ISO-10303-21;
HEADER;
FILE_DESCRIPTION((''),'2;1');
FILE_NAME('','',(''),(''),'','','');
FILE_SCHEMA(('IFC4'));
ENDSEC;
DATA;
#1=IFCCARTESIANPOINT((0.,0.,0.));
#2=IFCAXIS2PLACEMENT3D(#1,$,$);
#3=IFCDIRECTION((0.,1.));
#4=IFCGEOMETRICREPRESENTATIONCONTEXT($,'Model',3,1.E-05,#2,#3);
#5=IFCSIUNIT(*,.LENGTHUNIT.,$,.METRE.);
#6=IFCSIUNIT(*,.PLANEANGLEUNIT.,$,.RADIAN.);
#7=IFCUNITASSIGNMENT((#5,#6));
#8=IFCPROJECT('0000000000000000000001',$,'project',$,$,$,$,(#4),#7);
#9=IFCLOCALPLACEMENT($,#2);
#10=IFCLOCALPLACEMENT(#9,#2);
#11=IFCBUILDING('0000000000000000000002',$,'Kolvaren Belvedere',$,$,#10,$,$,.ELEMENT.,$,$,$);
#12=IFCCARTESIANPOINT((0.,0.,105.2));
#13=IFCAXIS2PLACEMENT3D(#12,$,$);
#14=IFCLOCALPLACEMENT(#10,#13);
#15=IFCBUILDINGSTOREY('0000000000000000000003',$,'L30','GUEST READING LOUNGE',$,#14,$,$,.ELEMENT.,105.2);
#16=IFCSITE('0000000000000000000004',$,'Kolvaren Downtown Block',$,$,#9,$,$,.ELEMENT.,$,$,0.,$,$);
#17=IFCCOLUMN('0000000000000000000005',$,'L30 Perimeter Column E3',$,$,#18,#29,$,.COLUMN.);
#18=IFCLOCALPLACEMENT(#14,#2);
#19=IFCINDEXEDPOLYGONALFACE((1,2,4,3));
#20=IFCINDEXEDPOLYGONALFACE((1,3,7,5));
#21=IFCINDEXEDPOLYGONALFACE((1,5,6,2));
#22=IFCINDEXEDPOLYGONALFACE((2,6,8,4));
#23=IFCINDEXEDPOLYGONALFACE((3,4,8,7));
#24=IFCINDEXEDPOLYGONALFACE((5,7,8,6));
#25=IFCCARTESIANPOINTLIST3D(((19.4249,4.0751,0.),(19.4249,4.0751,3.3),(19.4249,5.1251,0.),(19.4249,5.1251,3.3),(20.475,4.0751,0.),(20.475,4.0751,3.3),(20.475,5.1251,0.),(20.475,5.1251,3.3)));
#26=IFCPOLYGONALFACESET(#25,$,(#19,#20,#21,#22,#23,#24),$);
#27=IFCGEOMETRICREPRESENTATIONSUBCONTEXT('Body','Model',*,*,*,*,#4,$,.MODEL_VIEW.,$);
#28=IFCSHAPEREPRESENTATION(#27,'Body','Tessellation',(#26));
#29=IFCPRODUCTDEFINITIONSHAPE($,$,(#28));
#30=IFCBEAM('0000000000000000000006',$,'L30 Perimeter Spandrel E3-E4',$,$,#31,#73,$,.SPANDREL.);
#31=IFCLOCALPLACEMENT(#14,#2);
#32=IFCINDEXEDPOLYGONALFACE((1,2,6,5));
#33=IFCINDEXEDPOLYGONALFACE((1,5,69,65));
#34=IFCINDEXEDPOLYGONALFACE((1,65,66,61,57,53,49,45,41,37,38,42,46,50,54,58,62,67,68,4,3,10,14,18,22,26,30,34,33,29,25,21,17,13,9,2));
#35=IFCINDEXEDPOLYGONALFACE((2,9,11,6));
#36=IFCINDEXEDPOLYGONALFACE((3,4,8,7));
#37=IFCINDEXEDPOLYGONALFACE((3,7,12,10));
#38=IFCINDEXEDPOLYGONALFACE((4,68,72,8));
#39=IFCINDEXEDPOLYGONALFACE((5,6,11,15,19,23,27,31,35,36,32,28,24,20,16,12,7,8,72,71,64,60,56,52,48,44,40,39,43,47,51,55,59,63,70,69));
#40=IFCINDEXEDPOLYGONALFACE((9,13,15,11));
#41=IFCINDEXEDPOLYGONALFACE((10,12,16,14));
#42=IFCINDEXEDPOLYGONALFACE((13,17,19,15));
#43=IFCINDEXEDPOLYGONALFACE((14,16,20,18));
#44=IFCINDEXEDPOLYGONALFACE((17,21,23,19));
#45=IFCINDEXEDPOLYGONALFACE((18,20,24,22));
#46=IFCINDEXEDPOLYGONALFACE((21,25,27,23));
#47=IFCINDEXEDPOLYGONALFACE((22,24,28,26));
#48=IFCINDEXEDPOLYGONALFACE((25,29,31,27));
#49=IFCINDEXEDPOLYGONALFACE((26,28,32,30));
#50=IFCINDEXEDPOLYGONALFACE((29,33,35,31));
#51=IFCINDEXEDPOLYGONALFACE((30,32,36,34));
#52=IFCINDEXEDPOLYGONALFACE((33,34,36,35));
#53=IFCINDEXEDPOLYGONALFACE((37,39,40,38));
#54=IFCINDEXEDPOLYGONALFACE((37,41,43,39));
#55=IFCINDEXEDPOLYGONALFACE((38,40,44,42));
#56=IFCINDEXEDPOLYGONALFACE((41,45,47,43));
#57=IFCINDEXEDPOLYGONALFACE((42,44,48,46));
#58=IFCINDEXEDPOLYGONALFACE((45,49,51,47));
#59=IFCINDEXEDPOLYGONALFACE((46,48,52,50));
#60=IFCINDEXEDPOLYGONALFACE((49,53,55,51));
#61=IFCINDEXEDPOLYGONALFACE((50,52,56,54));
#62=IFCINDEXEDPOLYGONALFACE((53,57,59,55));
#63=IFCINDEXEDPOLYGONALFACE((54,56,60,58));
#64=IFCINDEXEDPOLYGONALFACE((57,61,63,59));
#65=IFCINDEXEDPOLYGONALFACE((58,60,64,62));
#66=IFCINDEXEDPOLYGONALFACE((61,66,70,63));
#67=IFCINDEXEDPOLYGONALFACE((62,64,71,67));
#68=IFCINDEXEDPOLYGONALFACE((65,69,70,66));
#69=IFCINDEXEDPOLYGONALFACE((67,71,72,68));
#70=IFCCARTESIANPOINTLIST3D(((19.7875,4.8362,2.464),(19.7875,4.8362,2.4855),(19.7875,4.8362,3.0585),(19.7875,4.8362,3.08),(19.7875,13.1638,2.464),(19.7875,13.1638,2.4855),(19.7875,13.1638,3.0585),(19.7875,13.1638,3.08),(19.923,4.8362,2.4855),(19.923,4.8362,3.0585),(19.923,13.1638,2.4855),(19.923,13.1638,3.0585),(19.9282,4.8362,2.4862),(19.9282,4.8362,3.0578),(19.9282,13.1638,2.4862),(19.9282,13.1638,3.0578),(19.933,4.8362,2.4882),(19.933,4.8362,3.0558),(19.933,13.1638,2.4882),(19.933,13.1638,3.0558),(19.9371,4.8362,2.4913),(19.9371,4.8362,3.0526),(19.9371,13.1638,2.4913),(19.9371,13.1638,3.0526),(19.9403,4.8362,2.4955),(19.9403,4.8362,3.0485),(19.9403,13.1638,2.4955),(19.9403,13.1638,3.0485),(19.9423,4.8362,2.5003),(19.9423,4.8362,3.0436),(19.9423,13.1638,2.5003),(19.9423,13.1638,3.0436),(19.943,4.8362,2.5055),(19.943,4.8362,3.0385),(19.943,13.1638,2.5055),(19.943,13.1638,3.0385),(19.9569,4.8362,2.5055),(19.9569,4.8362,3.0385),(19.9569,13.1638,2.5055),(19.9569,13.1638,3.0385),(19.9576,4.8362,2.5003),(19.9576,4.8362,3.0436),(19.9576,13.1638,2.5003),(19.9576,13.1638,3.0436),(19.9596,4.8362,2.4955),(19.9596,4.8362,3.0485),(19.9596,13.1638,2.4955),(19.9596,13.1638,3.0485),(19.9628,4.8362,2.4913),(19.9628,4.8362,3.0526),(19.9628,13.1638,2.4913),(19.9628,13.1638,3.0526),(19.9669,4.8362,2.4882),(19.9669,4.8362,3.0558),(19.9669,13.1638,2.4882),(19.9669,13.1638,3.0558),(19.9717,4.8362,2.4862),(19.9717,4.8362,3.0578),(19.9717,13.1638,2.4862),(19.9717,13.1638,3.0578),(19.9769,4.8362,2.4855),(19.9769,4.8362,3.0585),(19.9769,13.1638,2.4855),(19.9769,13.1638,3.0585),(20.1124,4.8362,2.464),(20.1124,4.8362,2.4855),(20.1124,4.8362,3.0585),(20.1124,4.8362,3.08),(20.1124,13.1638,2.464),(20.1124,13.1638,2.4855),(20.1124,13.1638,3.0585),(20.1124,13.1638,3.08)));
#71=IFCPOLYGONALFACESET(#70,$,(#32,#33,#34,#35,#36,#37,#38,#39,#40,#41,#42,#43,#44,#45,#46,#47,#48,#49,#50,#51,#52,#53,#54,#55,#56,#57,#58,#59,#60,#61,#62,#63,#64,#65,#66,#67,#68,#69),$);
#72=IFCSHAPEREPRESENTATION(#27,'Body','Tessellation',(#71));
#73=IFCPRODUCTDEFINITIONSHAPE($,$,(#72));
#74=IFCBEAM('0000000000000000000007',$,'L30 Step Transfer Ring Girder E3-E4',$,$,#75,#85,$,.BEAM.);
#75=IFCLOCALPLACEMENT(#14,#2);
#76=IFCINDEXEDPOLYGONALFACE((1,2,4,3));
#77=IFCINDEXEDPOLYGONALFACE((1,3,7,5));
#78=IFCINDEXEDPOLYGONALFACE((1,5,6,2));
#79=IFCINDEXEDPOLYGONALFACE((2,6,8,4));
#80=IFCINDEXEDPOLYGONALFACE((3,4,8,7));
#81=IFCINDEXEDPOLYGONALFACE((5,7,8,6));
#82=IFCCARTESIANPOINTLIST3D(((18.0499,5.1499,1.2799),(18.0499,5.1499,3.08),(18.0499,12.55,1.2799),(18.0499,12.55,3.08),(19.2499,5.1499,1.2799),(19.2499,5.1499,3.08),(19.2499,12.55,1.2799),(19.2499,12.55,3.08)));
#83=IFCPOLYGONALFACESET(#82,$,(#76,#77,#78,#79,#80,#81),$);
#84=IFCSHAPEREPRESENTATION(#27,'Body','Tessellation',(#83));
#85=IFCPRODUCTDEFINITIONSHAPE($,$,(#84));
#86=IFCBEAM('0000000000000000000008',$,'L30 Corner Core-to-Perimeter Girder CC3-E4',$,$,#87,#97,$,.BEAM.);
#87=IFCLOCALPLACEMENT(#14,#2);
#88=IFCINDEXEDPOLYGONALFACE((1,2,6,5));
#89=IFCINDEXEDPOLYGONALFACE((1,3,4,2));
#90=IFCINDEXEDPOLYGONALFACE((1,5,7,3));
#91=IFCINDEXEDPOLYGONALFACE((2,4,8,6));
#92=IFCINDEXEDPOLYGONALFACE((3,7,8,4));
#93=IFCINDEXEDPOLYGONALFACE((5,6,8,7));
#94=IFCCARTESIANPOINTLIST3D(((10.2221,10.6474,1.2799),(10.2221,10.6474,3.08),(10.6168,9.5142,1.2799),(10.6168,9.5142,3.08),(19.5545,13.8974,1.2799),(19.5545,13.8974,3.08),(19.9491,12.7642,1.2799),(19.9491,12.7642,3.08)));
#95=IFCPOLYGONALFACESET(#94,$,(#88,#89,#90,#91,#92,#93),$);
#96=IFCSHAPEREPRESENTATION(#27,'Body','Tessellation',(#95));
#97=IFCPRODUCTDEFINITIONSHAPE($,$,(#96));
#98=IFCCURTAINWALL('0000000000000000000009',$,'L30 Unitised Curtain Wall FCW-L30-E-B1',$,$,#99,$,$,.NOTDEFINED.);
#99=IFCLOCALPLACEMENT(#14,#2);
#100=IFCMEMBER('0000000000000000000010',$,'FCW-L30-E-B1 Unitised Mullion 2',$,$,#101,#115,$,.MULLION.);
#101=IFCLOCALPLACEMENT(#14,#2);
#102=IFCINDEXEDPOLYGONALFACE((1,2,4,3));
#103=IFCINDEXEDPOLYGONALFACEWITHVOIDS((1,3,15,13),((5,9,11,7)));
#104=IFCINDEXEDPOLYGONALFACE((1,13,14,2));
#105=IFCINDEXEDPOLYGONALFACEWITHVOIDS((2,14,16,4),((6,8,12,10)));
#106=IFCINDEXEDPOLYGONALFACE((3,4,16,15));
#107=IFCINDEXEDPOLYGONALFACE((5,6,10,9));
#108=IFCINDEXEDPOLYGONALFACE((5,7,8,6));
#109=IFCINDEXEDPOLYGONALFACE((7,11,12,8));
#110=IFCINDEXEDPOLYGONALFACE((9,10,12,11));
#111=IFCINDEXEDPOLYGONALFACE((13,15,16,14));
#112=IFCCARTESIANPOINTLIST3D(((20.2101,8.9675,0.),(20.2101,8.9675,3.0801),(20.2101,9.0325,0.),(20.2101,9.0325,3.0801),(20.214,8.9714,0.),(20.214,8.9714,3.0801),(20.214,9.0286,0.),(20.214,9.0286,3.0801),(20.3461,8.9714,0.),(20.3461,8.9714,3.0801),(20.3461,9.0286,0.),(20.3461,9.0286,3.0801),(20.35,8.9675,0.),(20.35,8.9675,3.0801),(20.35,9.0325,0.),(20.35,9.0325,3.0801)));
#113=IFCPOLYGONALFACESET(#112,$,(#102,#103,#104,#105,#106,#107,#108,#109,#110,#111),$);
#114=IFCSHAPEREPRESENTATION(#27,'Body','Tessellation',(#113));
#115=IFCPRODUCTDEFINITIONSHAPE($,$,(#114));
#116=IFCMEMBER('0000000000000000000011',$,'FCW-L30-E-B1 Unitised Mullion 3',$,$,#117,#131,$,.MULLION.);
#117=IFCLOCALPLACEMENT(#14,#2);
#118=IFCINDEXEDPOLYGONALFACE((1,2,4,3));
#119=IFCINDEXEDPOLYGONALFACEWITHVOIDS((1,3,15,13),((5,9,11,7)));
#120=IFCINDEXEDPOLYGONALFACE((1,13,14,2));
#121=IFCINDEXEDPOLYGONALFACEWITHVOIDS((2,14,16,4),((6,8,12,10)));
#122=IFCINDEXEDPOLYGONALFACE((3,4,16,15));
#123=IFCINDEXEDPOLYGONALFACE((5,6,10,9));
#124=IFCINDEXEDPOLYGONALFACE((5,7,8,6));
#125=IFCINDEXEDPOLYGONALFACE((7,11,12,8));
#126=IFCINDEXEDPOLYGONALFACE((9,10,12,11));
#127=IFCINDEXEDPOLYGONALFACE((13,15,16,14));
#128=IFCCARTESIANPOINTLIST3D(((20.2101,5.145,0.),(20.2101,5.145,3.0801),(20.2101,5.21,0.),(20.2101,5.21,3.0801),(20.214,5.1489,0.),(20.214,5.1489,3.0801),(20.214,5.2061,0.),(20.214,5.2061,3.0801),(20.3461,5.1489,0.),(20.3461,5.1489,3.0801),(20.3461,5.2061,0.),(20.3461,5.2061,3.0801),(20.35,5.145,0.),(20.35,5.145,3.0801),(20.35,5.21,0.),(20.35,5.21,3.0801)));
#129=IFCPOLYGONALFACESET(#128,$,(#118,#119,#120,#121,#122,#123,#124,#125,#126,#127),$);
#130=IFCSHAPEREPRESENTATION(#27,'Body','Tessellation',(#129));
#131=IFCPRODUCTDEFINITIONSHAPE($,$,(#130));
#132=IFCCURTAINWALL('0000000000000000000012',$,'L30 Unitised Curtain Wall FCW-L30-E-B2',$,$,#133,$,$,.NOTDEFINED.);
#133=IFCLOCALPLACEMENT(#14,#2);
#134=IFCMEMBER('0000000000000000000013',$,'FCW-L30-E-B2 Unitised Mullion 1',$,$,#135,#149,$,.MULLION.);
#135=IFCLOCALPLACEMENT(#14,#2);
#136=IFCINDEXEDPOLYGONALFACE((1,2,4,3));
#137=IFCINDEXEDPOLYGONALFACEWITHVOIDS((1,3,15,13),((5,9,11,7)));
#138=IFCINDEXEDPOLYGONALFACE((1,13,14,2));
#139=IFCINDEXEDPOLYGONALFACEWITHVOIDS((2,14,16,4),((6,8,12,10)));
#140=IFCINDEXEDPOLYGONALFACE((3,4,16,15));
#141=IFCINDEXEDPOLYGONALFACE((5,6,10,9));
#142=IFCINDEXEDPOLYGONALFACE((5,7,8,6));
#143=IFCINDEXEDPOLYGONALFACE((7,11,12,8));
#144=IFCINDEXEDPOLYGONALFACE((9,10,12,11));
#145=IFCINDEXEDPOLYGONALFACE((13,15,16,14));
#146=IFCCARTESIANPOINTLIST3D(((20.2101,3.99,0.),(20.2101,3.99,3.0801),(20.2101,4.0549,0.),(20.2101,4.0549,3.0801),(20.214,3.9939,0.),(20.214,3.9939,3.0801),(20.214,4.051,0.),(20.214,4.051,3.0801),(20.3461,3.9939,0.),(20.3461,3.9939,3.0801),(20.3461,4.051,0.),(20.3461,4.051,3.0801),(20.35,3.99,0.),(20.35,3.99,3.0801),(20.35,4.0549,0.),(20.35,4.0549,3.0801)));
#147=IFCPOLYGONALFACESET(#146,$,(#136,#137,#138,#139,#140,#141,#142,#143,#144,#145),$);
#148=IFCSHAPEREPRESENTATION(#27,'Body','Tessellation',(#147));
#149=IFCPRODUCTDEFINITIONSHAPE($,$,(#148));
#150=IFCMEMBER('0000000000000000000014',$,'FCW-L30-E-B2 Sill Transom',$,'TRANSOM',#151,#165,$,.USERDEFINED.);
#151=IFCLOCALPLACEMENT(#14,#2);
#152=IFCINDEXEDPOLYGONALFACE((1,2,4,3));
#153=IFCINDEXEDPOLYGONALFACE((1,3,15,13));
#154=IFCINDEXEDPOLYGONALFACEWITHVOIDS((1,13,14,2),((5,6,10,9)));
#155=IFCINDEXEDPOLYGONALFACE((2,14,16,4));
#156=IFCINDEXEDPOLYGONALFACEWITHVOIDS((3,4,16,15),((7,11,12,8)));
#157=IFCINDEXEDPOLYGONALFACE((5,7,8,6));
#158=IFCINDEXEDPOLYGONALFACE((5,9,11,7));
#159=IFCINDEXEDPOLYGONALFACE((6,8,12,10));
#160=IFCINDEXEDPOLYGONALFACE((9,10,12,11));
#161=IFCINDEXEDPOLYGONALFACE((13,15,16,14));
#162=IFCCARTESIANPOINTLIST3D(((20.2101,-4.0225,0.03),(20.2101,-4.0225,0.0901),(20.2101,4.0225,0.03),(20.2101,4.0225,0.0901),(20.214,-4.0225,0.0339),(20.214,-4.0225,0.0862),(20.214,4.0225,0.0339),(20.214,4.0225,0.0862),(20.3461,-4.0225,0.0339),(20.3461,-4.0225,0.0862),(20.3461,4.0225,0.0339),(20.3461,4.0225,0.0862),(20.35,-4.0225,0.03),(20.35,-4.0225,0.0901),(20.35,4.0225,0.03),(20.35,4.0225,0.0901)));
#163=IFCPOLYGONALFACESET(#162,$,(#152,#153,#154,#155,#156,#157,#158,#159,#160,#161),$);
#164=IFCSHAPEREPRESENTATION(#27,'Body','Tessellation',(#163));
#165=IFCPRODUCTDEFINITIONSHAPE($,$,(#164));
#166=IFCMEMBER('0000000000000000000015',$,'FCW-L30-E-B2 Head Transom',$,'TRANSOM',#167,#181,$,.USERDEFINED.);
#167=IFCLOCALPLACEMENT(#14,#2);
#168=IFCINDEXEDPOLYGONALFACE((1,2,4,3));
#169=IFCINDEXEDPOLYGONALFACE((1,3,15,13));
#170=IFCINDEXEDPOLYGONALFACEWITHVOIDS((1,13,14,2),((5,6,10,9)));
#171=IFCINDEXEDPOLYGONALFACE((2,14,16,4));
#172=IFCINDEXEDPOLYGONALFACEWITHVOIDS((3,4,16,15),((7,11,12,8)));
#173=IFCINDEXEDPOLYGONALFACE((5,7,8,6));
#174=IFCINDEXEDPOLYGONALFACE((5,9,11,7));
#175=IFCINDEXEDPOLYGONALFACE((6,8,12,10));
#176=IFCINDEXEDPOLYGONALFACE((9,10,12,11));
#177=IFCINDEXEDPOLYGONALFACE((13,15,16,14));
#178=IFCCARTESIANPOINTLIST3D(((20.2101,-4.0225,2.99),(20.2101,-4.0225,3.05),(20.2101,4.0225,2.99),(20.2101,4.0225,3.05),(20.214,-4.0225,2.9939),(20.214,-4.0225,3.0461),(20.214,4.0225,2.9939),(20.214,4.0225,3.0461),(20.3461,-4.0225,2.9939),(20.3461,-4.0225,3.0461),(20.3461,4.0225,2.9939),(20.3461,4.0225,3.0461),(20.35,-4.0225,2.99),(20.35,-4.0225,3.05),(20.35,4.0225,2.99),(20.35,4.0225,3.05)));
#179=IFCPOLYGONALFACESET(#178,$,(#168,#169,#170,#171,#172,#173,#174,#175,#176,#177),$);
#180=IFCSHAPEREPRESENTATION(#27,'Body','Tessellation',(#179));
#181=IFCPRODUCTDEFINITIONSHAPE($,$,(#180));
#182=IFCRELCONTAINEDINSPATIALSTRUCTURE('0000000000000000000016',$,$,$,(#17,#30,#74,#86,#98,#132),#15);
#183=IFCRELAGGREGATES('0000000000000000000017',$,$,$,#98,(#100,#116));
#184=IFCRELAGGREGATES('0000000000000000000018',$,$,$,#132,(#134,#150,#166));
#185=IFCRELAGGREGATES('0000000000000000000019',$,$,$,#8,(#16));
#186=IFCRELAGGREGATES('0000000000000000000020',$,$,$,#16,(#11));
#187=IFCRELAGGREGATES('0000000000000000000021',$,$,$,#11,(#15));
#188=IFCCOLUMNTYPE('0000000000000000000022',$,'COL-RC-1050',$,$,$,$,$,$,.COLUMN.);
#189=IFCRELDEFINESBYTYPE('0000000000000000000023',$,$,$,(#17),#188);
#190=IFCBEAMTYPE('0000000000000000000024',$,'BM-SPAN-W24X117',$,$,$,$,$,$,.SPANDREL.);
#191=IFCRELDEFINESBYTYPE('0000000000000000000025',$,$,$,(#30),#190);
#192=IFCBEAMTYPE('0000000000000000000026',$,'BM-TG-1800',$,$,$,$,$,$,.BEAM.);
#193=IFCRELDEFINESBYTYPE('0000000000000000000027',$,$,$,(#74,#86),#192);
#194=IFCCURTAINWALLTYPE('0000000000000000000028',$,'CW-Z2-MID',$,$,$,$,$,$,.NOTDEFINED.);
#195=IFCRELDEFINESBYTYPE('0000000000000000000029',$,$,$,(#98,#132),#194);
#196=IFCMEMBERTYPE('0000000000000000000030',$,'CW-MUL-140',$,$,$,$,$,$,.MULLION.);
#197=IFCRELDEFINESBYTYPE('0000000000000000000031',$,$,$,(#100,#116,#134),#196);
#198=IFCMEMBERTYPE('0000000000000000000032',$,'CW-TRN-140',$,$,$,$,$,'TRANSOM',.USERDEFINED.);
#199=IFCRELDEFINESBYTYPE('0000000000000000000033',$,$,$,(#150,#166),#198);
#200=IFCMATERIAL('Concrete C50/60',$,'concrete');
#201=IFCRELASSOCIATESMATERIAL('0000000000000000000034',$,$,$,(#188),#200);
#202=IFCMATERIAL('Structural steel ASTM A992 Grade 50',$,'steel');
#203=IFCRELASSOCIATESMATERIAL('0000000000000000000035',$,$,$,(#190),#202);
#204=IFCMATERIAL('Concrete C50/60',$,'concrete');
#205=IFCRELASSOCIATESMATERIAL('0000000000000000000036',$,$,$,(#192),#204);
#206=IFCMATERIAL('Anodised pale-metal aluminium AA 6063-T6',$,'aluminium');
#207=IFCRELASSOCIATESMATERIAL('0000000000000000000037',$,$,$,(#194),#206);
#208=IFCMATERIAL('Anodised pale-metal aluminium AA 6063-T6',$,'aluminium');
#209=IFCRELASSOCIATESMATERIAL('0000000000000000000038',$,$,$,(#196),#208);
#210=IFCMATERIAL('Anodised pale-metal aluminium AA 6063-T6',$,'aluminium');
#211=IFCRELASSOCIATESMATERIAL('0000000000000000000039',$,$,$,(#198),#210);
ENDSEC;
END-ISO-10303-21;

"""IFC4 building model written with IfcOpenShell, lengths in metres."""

from ifc_helpers import new_model, si_unit, direction, frame, origin, origin_2d, place, context, subcontext, project, spatial, rectangle, hollow_rectangle, i_section, extrude, material, material_profile, profile_set, type_object, element, aggregate, save


model = new_model("IFC4")

# Units and contexts
model_context = context("Model", 3, precision=1e-05, world=origin(), true_north=direction((0.0, 1.0)))
body_context = subcontext(model_context, "Body", "Model", "MODEL_VIEW")
ifc_project = project(units=[si_unit("LENGTHUNIT", "METRE"), si_unit("PLANEANGLEUNIT", "RADIAN")], contexts=[model_context])

# Site, building, storey
site_placement = place(None, origin())
site = spatial("IfcSite", under=ifc_project, at=site_placement, Name="Kolvaren Downtown Block", CompositionType="ELEMENT", RefElevation=0.0)
building_placement = place(site_placement, origin())
building = spatial("IfcBuilding", under=site, at=building_placement, Name="Kolvaren Belvedere", CompositionType="ELEMENT")
storey_placement = place(building_placement, frame((0.0, 0.0, 105.2)))
storey = spatial("IfcBuildingStorey", under=building, at=storey_placement, Name="L30", Description="GUEST READING LOUNGE", CompositionType="ELEMENT", Elevation=105.2)

# Column
ifc_material_1 = material(Name="Concrete C50/60", Category="concrete")
ifc_material_profile_1 = material_profile(ifc_material_1, rectangle(XDim=1.05, YDim=1.05, at=origin_2d()), Name="RC 1050X1050")
ifc_profile_set_1 = profile_set([ifc_material_profile_1], Name="Concrete C50/60")
column_type = type_object("IfcColumnType", Name="COL-RC-1050", PredefinedType="COLUMN", material=ifc_profile_set_1)
column_placement = place(storey_placement, frame((19.95, 4.6001, 0.0), z_axis=(0.0, 0.0, 1.0), x_axis=(1.0, 0.0, 0.0)))
element("IfcColumn", 1, at=column_placement, inside=storey, type_object=column_type, Name="L30 Perimeter Column E3", PredefinedType="COLUMN", context=body_context, shape_type="SweptSolid", body=[
    extrude(rectangle(XDim=1.05, YDim=1.05, at=origin_2d()), origin(), (0.0, 0.0, 1.0), 3.3),
])

# Beams
ifc_material_2 = material(Name="Structural steel ASTM A992 Grade 50", Category="steel")
ifc_material_profile_2 = material_profile(ifc_material_2, i_section(OverallWidth=0.325, OverallDepth=0.616, WebThickness=0.0139, FlangeThickness=0.0215, FilletRadius=0.02, at=origin_2d()), Name="W24X117")
ifc_profile_set_2 = profile_set([ifc_material_profile_2], Name="Structural steel ASTM A992 Grade 50")
beam_type_1 = type_object("IfcBeamType", Name="BM-SPAN-W24X117", PredefinedType="SPANDREL", material=ifc_profile_set_2)
beam_1_placement = place(storey_placement, frame((19.95, 4.8362, 2.772), z_axis=(0.0, 1.0, 0.0), x_axis=(-1.0, 0.0, 0.0)))
element("IfcBeam", 2, at=beam_1_placement, inside=storey, type_object=beam_type_1, Name="L30 Perimeter Spandrel E3-E4", PredefinedType="SPANDREL", context=body_context, shape_type="SweptSolid", body=[
    extrude(i_section(OverallWidth=0.325, OverallDepth=0.616, WebThickness=0.0139, FlangeThickness=0.0215, FilletRadius=0.02, at=origin_2d()), origin(), (0.0, 0.0, 1.0), 8.3276),
])
ifc_material_3 = material(Name="Concrete C50/60", Category="concrete")
ifc_material_profile_3 = material_profile(ifc_material_3, rectangle(XDim=1.2, YDim=1.8, at=origin_2d()), Name="RC 1200X1800")
ifc_profile_set_3 = profile_set([ifc_material_profile_3], Name="Concrete C50/60")
beam_type_2 = type_object("IfcBeamType", Name="BM-TG-1800", PredefinedType="BEAM", material=ifc_profile_set_3)
beam_2_placement = place(storey_placement, frame((18.6499, 5.1499, 2.1799), z_axis=(0.0, 1.0, 0.0), x_axis=(-1.0, 0.0, 0.0)))
element("IfcBeam", 3, at=beam_2_placement, inside=storey, type_object=beam_type_2, Name="L30 Step Transfer Ring Girder E3-E4", PredefinedType="BEAM", context=body_context, shape_type="SweptSolid", body=[
    extrude(rectangle(XDim=1.2, YDim=1.8, at=origin_2d()), origin(), (0.0, 0.0, 1.0), 7.4001),
])
beam_3_placement = place(storey_placement, frame((10.4194, 10.0808, 2.1799), z_axis=(0.944371, 0.328881, 0.0), x_axis=(-0.328881, 0.944371, 0.0)))
element("IfcBeam", 4, at=beam_3_placement, inside=storey, type_object=beam_type_2, Name="L30 Corner Core-to-Perimeter Girder CC3-E4", PredefinedType="BEAM", context=body_context, shape_type="SweptSolid", body=[
    extrude(rectangle(XDim=1.2, YDim=1.8, at=origin_2d()), origin(), (0.0, 0.0, 1.0), 9.8821),
])

# Curtain walls, members
ifc_material_4 = material(Name="Anodised pale-metal aluminium AA 6063-T6", Category="aluminium")
curtain_wall_type = type_object("IfcCurtainWallType", Name="CW-Z2-MID", PredefinedType="NOTDEFINED", material=ifc_material_4)
curtain_wall_1_placement = place(storey_placement, origin())
curtain_wall_1 = element("IfcCurtainWall", 5, at=curtain_wall_1_placement, inside=storey, type_object=curtain_wall_type, Name="L30 Unitised Curtain Wall FCW-L30-E-B1", PredefinedType="NOTDEFINED")
ifc_material_5 = material(Name="Anodised pale-metal aluminium AA 6063-T6", Category="aluminium")
ifc_material_profile_4 = material_profile(ifc_material_5, hollow_rectangle(XDim=0.0649, YDim=0.1399, WallThickness=0.0039, at=origin_2d()), Name="ALU-MUL-140X65")
ifc_profile_set_4 = profile_set([ifc_material_profile_4], Name="Anodised pale-metal aluminium AA 6063-T6")
member_type_1 = type_object("IfcMemberType", Name="CW-MUL-140", PredefinedType="MULLION", material=ifc_profile_set_4)
member_1_placement = place(storey_placement, frame((20.28, 9.0, 0.0), z_axis=(0.0, 0.0, 1.0), x_axis=(0.0, 1.0, 0.0)))
member_1 = element("IfcMember", 6, at=member_1_placement, type_object=member_type_1, Name="FCW-L30-E-B1 Unitised Mullion 2", PredefinedType="MULLION", context=body_context, shape_type="SweptSolid", body=[
    extrude(hollow_rectangle(XDim=0.0649, YDim=0.1399, WallThickness=0.0039, at=origin_2d()), origin(), (0.0, 0.0, 1.0), 3.0801),
])
member_2_placement = place(storey_placement, frame((20.28, 5.1775, 0.0), z_axis=(0.0, 0.0, 1.0), x_axis=(0.0, 1.0, 0.0)))
member_2 = element("IfcMember", 7, at=member_2_placement, type_object=member_type_1, Name="FCW-L30-E-B1 Unitised Mullion 3", PredefinedType="MULLION", context=body_context, shape_type="SweptSolid", body=[
    extrude(hollow_rectangle(XDim=0.0649, YDim=0.1399, WallThickness=0.0039, at=origin_2d()), origin(), (0.0, 0.0, 1.0), 3.0801),
])
curtain_wall_2_placement = place(storey_placement, origin())
curtain_wall_2 = element("IfcCurtainWall", 8, at=curtain_wall_2_placement, inside=storey, type_object=curtain_wall_type, Name="L30 Unitised Curtain Wall FCW-L30-E-B2", PredefinedType="NOTDEFINED")
member_3_placement = place(storey_placement, frame((20.28, 4.0225, 0.0), z_axis=(0.0, 0.0, 1.0), x_axis=(0.0, 1.0, 0.0)))
member_3 = element("IfcMember", 9, at=member_3_placement, type_object=member_type_1, Name="FCW-L30-E-B2 Unitised Mullion 1", PredefinedType="MULLION", context=body_context, shape_type="SweptSolid", body=[
    extrude(hollow_rectangle(XDim=0.0649, YDim=0.1399, WallThickness=0.0039, at=origin_2d()), origin(), (0.0, 0.0, 1.0), 3.0801),
])
ifc_material_6 = material(Name="Anodised pale-metal aluminium AA 6063-T6", Category="aluminium")
ifc_material_profile_5 = material_profile(ifc_material_6, hollow_rectangle(XDim=0.0601, YDim=0.1399, WallThickness=0.0039, at=origin_2d()), Name="ALU-TRN-140X60")
ifc_profile_set_5 = profile_set([ifc_material_profile_5], Name="Anodised pale-metal aluminium AA 6063-T6")
member_type_2 = type_object("IfcMemberType", Name="CW-TRN-140", ElementType="TRANSOM", PredefinedType="USERDEFINED", material=ifc_profile_set_5)
member_4_placement = place(storey_placement, frame((20.28, 4.0225, 0.0601), z_axis=(0.0, -1.0, 0.0), x_axis=(0.0, 0.0, 1.0)))
member_4 = element("IfcMember", 10, at=member_4_placement, type_object=member_type_2, Name="FCW-L30-E-B2 Sill Transom", ObjectType="TRANSOM", PredefinedType="USERDEFINED", context=body_context, shape_type="SweptSolid", body=[
    extrude(hollow_rectangle(XDim=0.0601, YDim=0.1399, WallThickness=0.0039, at=origin_2d()), origin(), (0.0, 0.0, 1.0), 8.0449),
])
member_5_placement = place(storey_placement, frame((20.28, 4.0225, 3.02), z_axis=(0.0, -1.0, 0.0), x_axis=(0.0, 0.0, 1.0)))
member_5 = element("IfcMember", 11, at=member_5_placement, type_object=member_type_2, Name="FCW-L30-E-B2 Head Transom", ObjectType="TRANSOM", PredefinedType="USERDEFINED", context=body_context, shape_type="SweptSolid", body=[
    extrude(hollow_rectangle(XDim=0.0601, YDim=0.1399, WallThickness=0.0039, at=origin_2d()), origin(), (0.0, 0.0, 1.0), 8.0449),
])

aggregate(curtain_wall_1, [member_1, member_2])
aggregate(curtain_wall_2, [member_3, member_4, member_5])

save(model, "model.ifc")
